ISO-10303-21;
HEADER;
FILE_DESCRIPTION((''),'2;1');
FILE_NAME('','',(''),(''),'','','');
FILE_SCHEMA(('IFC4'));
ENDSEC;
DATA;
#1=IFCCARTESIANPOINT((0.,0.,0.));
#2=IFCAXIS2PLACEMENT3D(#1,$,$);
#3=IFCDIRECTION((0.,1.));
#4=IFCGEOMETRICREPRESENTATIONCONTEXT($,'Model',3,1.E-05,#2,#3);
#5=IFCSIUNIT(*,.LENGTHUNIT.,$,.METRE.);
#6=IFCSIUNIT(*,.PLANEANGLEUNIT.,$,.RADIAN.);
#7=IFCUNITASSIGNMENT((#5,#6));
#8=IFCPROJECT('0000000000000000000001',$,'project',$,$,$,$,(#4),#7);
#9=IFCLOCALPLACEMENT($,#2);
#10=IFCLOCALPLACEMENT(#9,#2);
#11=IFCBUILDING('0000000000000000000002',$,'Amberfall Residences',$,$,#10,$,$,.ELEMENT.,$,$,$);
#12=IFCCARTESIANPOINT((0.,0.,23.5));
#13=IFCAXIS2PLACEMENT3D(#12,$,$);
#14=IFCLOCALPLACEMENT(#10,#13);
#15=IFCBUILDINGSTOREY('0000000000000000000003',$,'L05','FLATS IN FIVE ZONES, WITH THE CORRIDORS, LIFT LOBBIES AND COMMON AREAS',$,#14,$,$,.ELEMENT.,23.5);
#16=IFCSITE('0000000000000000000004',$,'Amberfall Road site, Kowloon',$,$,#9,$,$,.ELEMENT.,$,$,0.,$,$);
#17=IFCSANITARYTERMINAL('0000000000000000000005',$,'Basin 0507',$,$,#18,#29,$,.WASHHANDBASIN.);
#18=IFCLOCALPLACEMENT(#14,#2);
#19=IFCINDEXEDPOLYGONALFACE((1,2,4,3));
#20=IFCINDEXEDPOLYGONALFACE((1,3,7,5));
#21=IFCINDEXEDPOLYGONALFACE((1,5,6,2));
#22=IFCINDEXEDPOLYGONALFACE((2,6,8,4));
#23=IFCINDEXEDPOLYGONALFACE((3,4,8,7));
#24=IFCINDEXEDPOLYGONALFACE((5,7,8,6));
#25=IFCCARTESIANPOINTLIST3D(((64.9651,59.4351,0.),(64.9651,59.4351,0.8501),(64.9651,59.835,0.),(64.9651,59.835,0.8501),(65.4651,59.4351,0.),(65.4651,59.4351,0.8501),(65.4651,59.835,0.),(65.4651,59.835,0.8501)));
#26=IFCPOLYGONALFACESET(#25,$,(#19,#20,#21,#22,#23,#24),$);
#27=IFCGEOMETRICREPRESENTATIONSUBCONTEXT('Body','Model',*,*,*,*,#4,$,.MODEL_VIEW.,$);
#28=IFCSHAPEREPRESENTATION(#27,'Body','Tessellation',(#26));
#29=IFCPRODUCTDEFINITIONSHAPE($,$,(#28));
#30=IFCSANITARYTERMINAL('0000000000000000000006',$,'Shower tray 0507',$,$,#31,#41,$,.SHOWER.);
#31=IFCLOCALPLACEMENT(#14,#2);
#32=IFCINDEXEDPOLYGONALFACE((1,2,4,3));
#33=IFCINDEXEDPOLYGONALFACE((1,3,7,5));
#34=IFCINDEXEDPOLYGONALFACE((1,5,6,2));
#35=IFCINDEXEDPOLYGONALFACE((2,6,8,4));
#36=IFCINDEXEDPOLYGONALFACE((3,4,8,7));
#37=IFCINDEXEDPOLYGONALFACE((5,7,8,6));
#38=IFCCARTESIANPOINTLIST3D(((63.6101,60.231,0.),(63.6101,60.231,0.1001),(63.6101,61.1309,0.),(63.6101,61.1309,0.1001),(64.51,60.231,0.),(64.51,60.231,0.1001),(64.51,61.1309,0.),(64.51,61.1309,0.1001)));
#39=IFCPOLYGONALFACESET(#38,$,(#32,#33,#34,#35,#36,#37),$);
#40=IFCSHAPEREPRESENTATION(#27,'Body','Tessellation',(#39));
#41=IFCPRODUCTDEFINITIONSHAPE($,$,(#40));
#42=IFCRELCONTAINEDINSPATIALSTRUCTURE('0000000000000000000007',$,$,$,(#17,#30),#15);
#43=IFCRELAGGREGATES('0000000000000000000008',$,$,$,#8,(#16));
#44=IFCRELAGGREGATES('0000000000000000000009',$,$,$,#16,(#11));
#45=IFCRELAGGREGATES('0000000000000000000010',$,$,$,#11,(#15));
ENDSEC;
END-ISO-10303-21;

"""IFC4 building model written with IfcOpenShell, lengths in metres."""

from ifc_helpers import new_model, si_unit, direction, frame, origin, origin_2d, place, context, subcontext, project, spatial, rectangle, extrude, element, save


model = new_model("IFC4")

# Units and contexts
model_context = context("Model", 3, precision=1e-05, world=origin(), true_north=direction((0.0, 1.0)))
body_context = subcontext(model_context, "Body", "Model", "MODEL_VIEW")
ifc_project = project(units=[si_unit("LENGTHUNIT", "METRE"), si_unit("PLANEANGLEUNIT", "RADIAN")], contexts=[model_context])

# Site, building, storey
site_placement = place(None, origin())
site = spatial("IfcSite", under=ifc_project, at=site_placement, Name="Amberfall Road site, Kowloon", CompositionType="ELEMENT", RefElevation=0.0)
building_placement = place(site_placement, origin())
building = spatial("IfcBuilding", under=site, at=building_placement, Name="Amberfall Residences", CompositionType="ELEMENT")
storey_placement = place(building_placement, frame((0.0, 0.0, 23.5)))
storey = spatial("IfcBuildingStorey", under=building, at=storey_placement, Name="L05", Description="FLATS IN FIVE ZONES, WITH THE CORRIDORS, LIFT LOBBIES AND COMMON AREAS", CompositionType="ELEMENT", Elevation=23.5)

# Sanitary terminals
sanitary_terminal_1_placement = place(storey_placement, frame((65.2151, 59.635, 0.0), z_axis=(0.0, 0.0, 1.0), x_axis=(1.0, 0.0, 0.0)))
element("IfcSanitaryTerminal", 1, at=sanitary_terminal_1_placement, inside=storey, Name="Basin 0507", PredefinedType="WASHHANDBASIN", context=body_context, shape_type="SweptSolid", body=[
    extrude(rectangle(XDim=0.5, YDim=0.3999, at=origin_2d()), origin(), (0.0, 0.0, 1.0), 0.8501),
])
sanitary_terminal_2_placement = place(storey_placement, frame((64.0601, 60.6809, 0.0), z_axis=(0.0, 0.0, 1.0), x_axis=(1.0, 0.0, 0.0)))
element("IfcSanitaryTerminal", 2, at=sanitary_terminal_2_placement, inside=storey, Name="Shower tray 0507", PredefinedType="SHOWER", context=body_context, shape_type="SweptSolid", body=[
    extrude(rectangle(XDim=0.8999, YDim=0.8999, at=origin_2d()), origin(), (0.0, 0.0, 1.0), 0.1001),
])

save(model, "model.ifc")
